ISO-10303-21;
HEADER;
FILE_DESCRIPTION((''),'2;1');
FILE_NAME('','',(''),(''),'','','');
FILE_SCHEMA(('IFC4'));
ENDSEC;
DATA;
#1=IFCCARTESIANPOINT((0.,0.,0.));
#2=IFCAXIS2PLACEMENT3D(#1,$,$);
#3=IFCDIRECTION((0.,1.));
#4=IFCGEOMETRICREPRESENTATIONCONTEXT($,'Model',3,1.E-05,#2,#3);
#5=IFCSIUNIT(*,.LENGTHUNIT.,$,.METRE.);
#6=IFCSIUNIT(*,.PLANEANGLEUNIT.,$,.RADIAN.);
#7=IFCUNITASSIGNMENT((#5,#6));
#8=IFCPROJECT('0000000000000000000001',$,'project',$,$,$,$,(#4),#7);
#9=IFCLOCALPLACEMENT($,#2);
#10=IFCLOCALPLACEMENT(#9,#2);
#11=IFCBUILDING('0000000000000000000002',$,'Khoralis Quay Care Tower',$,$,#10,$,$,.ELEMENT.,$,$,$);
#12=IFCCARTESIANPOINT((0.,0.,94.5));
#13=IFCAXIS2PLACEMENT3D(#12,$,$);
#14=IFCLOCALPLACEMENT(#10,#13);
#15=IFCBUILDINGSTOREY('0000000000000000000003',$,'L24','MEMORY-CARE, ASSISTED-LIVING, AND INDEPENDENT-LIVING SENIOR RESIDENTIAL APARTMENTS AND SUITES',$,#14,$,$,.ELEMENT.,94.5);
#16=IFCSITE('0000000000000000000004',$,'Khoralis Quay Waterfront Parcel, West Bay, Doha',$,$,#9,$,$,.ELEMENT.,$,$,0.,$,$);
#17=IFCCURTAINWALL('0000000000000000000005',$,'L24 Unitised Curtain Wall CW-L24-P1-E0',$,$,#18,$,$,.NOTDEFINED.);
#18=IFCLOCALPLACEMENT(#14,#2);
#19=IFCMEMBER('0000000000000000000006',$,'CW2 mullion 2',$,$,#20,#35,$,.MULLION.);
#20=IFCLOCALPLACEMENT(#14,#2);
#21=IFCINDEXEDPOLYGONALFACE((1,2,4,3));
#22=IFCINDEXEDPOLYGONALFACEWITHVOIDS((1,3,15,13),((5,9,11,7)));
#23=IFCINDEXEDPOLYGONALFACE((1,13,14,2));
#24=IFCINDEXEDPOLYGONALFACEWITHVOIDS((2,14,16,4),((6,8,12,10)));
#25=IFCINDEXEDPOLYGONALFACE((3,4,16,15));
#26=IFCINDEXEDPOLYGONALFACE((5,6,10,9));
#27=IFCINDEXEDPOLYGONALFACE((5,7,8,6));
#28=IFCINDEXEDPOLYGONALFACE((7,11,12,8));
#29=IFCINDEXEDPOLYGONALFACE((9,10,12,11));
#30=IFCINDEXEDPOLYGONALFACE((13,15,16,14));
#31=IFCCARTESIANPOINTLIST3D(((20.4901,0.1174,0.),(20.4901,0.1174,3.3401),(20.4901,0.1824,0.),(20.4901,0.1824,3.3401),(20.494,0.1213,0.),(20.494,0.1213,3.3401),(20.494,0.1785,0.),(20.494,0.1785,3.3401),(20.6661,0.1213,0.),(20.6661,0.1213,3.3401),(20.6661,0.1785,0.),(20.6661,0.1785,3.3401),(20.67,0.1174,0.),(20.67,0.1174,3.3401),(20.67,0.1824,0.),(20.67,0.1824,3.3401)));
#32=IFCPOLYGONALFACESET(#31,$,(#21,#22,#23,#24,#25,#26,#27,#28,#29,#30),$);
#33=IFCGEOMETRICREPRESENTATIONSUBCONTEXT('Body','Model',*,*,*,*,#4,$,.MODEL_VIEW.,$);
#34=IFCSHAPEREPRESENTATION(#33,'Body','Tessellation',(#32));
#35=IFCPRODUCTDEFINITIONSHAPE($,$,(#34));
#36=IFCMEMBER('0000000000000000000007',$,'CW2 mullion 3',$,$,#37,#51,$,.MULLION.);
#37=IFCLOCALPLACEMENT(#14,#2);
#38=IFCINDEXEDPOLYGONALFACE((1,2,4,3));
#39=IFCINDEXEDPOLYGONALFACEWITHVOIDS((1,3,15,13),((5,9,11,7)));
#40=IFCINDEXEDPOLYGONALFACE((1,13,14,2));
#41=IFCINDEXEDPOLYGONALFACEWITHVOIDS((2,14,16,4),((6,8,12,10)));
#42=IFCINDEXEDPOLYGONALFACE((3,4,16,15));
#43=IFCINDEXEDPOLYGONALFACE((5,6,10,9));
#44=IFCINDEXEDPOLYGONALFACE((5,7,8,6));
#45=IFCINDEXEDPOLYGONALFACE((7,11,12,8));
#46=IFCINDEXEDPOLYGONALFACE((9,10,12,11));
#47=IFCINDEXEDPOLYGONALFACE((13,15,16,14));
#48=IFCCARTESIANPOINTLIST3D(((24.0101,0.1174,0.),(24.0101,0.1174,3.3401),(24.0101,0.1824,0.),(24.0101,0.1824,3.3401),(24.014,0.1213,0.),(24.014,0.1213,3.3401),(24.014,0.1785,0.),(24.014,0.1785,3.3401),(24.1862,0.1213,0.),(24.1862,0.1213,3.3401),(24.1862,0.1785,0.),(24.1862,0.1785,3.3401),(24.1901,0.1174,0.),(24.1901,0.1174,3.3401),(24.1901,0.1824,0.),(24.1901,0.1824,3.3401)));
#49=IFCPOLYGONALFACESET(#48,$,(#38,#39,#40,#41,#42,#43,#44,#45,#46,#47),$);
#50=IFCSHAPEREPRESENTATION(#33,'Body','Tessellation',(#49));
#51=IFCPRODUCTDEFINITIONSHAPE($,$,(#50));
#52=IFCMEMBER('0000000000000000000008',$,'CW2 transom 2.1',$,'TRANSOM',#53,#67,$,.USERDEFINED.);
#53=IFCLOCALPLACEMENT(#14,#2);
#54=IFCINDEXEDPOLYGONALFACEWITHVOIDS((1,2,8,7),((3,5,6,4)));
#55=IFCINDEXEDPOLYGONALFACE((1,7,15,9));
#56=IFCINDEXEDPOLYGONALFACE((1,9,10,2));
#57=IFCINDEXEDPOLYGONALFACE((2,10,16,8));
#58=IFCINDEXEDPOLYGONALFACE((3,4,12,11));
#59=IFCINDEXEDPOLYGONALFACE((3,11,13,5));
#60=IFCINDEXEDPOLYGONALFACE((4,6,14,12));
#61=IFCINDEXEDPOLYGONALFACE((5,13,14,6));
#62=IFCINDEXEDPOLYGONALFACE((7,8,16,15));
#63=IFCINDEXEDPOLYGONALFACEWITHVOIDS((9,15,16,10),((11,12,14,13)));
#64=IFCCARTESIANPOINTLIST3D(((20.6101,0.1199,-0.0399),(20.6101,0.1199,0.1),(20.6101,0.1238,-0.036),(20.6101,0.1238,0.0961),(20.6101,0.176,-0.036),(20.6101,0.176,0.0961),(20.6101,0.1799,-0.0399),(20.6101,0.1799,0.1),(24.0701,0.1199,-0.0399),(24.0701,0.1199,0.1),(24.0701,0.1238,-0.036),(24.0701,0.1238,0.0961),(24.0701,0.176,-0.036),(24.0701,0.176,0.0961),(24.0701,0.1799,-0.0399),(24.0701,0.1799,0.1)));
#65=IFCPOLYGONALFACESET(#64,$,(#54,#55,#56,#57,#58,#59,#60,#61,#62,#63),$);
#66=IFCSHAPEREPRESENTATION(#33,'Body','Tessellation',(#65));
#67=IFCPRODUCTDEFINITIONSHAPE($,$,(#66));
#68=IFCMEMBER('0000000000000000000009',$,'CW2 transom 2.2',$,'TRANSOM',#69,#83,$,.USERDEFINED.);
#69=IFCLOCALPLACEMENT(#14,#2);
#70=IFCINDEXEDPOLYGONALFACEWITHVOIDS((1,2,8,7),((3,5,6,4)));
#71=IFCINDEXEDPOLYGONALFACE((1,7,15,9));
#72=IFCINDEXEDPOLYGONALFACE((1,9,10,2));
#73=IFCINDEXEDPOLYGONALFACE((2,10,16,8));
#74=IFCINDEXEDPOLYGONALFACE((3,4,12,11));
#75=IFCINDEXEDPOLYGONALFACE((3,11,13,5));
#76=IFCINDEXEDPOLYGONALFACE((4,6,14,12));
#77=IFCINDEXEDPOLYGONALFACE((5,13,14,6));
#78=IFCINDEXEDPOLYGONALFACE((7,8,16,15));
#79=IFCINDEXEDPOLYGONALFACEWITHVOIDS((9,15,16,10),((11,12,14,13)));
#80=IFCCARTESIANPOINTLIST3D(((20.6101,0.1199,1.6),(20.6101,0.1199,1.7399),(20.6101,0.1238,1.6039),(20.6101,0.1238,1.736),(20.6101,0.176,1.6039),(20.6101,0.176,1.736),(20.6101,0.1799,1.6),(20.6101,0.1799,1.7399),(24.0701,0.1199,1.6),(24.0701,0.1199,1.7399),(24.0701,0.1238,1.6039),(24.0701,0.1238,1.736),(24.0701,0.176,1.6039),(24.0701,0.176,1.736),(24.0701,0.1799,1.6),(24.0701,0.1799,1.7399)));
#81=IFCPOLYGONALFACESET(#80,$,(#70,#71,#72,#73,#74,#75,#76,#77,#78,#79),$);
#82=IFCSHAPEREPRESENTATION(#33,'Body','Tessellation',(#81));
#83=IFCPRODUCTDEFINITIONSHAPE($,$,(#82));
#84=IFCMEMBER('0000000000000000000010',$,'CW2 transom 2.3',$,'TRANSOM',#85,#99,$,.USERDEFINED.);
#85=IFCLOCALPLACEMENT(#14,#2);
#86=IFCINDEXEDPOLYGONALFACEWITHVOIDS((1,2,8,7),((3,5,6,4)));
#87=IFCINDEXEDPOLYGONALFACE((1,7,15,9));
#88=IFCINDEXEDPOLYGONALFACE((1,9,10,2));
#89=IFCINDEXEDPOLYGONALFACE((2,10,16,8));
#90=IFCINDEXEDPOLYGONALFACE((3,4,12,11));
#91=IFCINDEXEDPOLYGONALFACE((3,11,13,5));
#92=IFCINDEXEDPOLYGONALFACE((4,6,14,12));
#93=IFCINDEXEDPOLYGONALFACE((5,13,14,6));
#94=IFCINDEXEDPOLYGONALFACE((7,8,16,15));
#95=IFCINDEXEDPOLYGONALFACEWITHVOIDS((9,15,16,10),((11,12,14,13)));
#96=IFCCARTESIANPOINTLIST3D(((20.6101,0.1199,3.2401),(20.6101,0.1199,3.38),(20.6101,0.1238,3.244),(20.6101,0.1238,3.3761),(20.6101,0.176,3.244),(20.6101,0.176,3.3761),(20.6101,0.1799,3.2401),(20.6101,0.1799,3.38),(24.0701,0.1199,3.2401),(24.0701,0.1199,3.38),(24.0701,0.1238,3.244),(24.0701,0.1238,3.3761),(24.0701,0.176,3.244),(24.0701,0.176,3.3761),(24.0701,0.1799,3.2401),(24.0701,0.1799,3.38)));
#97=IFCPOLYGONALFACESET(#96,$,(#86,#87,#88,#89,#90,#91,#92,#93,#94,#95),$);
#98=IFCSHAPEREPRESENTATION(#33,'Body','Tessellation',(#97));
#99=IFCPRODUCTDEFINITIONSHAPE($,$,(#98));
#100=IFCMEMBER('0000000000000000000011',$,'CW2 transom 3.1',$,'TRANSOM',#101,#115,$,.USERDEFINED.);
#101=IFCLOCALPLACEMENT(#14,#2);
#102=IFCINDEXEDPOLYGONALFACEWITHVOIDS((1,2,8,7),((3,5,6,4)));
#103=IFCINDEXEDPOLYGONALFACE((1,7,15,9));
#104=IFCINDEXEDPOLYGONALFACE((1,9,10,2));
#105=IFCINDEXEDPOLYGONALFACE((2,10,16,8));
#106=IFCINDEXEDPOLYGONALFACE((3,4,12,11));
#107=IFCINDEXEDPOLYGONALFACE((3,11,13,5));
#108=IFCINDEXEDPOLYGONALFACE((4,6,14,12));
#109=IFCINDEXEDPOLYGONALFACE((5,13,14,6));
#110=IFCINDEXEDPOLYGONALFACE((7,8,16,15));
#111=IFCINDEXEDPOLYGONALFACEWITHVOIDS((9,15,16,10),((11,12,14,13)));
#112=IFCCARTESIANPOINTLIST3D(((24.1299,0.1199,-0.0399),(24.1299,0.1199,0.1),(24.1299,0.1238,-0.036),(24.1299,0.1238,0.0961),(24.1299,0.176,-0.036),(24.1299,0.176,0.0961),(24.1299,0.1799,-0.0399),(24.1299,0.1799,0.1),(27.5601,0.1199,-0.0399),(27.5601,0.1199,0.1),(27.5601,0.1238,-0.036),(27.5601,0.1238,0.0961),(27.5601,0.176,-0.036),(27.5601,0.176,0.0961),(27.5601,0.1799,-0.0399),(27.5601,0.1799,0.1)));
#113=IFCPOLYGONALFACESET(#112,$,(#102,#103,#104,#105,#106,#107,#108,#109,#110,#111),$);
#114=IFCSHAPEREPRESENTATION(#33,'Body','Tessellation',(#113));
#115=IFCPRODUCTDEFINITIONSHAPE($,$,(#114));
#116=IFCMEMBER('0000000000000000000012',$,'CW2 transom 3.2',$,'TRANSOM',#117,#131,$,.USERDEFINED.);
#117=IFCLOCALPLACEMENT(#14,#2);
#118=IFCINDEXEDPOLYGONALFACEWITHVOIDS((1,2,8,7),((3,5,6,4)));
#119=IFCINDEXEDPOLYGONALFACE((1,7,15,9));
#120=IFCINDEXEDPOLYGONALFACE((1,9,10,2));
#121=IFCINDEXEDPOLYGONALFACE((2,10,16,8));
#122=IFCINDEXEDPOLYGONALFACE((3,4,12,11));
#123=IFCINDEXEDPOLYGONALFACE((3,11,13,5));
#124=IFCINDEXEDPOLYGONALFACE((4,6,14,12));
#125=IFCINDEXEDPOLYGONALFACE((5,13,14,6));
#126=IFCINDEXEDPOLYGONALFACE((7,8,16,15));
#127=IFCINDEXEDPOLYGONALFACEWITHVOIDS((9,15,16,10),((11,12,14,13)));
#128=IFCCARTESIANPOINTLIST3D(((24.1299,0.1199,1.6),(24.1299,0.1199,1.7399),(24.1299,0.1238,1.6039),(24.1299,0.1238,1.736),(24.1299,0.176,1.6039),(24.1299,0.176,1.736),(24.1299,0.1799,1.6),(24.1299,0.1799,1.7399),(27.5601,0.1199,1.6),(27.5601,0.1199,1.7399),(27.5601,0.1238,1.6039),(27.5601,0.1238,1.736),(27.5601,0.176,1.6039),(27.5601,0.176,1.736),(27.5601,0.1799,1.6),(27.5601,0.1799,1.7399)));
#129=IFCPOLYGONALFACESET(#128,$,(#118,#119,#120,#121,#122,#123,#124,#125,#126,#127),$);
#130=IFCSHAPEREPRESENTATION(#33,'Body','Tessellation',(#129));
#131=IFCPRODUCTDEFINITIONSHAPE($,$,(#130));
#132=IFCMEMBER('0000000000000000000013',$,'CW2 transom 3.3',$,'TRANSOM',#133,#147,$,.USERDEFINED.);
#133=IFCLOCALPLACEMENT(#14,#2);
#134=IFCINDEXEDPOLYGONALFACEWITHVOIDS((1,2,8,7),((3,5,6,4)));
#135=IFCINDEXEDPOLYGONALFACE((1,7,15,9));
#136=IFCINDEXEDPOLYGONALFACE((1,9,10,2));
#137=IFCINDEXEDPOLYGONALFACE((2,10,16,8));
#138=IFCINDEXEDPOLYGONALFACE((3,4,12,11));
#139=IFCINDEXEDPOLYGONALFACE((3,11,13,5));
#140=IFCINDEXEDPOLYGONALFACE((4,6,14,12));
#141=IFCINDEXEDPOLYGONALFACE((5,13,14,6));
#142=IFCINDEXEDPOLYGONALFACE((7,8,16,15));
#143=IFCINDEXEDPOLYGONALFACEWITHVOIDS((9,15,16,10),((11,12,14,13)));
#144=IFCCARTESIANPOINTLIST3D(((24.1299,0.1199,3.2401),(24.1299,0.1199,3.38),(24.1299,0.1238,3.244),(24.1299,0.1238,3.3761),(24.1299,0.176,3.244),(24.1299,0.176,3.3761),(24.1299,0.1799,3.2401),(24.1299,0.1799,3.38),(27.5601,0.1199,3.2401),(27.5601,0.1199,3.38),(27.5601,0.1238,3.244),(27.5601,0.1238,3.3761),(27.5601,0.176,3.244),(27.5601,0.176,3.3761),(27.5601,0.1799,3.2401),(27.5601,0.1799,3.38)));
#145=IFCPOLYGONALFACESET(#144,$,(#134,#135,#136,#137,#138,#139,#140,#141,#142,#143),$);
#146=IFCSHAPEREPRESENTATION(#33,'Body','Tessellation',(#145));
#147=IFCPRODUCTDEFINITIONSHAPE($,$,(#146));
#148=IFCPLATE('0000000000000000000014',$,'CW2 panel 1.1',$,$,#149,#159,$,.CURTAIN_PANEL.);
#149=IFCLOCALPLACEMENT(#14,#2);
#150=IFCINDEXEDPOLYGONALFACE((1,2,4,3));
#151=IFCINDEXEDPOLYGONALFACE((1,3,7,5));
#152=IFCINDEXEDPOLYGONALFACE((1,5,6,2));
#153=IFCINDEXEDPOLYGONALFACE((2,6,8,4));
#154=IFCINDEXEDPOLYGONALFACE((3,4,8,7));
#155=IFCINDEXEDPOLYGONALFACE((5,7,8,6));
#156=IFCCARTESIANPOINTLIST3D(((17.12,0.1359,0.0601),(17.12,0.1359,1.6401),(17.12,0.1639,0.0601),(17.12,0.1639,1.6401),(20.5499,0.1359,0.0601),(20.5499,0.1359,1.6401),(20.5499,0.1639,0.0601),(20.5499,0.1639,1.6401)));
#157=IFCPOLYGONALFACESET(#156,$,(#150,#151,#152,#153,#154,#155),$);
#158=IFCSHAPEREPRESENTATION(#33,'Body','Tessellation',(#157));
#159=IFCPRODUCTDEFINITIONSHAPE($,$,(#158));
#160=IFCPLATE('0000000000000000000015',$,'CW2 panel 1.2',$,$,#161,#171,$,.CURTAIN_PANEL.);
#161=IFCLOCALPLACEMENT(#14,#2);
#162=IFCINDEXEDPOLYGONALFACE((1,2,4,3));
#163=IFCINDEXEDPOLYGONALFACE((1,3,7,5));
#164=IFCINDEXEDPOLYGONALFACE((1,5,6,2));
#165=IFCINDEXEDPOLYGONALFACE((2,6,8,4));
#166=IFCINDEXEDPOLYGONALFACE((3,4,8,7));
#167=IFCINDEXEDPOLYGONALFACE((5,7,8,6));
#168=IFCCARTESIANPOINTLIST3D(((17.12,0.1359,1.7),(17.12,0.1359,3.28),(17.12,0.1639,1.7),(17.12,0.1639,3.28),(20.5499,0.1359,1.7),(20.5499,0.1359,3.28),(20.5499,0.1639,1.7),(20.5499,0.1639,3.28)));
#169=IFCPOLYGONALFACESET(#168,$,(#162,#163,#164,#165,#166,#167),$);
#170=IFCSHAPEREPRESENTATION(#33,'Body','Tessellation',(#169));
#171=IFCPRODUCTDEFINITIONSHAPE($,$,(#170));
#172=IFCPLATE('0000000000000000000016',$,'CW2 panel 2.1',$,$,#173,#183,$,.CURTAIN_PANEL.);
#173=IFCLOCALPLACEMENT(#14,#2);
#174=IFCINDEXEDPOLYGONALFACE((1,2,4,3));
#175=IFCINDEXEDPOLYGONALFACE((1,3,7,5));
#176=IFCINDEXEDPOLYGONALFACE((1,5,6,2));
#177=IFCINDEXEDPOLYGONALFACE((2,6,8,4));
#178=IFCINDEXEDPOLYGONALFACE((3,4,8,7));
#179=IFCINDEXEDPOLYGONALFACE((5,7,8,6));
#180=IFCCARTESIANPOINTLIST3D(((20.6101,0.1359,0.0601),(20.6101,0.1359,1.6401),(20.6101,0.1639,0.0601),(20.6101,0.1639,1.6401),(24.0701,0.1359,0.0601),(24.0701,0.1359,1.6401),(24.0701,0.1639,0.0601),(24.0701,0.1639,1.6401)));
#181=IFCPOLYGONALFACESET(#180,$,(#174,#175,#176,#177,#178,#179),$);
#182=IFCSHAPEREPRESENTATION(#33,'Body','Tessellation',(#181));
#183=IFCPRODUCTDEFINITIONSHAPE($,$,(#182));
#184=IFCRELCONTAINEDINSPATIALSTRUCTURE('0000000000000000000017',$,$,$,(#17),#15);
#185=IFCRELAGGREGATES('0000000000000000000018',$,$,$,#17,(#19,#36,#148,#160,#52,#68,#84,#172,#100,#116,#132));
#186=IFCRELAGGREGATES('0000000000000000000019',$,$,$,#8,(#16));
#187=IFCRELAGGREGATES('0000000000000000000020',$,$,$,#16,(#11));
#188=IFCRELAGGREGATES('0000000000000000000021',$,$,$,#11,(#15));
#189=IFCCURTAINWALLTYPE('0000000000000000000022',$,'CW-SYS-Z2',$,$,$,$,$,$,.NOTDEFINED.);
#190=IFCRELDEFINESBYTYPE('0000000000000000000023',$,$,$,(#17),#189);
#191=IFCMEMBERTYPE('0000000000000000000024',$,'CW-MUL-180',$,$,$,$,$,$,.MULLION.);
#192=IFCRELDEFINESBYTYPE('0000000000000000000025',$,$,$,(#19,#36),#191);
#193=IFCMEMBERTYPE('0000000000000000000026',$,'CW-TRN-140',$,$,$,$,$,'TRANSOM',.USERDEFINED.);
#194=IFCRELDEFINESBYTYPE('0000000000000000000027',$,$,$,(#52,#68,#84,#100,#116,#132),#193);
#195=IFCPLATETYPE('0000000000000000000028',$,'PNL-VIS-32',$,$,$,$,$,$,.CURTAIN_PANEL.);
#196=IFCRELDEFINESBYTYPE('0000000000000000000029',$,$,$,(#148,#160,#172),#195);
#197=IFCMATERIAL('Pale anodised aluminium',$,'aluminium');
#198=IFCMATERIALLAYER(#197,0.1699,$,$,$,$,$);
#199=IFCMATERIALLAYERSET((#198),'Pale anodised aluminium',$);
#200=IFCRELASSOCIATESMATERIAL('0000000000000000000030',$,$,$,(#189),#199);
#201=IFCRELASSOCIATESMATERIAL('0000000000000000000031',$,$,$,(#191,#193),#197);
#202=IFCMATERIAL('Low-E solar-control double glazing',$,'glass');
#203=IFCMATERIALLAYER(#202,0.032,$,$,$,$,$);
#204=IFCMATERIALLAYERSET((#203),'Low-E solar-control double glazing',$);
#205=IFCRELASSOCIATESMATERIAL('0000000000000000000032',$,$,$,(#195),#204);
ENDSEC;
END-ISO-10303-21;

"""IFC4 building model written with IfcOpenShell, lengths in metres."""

from ifc_helpers import new_model, si_unit, direction, frame, origin, origin_2d, place, context, subcontext, project, spatial, rectangle, hollow_rectangle, extrude, source, transform, mapped, material, layer, layer_set, material_profile, profile_set, type_object, element, aggregate, save


model = new_model("IFC4")

# Units and contexts
model_context = context("Model", 3, precision=1e-05, world=origin(), true_north=direction((0.0, 1.0)))
body_context = subcontext(model_context, "Body", "Model", "MODEL_VIEW")
ifc_project = project(units=[si_unit("LENGTHUNIT", "METRE"), si_unit("PLANEANGLEUNIT", "RADIAN")], contexts=[model_context])

# Site, building, storey
site_placement = place(None, origin())
site = spatial("IfcSite", under=ifc_project, at=site_placement, Name="Khoralis Quay Waterfront Parcel, West Bay, Doha", CompositionType="ELEMENT", RefElevation=0.0)
building_placement = place(site_placement, origin())
building = spatial("IfcBuilding", under=site, at=building_placement, Name="Khoralis Quay Care Tower", CompositionType="ELEMENT")
storey_placement = place(building_placement, frame((0.0, 0.0, 94.5)))
storey = spatial("IfcBuildingStorey", under=building, at=storey_placement, Name="L24", Description="MEMORY-CARE, ASSISTED-LIVING, AND INDEPENDENT-LIVING SENIOR RESIDENTIAL APARTMENTS AND SUITES", CompositionType="ELEMENT", Elevation=94.5)

# Curtain wall, members, plates
ifc_material_1 = material(Name="Pale anodised aluminium", Category="aluminium")
ifc_layer_1 = layer(ifc_material_1, 0.1699)
ifc_layer_set_1 = layer_set([ifc_layer_1], Name="Pale anodised aluminium")
curtain_wall_type = type_object("IfcCurtainWallType", Name="CW-SYS-Z2", PredefinedType="NOTDEFINED", material=ifc_layer_set_1)
curtain_wall_placement = place(storey_placement, origin())
curtain_wall = element("IfcCurtainWall", 1, at=curtain_wall_placement, inside=storey, type_object=curtain_wall_type, Name="L24 Unitised Curtain Wall CW-L24-P1-E0", PredefinedType="NOTDEFINED")
ifc_material_profile_1 = material_profile(ifc_material_1, hollow_rectangle(XDim=0.0649, YDim=0.1799, WallThickness=0.0039, at=origin_2d()), Name="Pale anodised aluminium")
ifc_profile_set_1 = profile_set([ifc_material_profile_1], Name="Pale anodised aluminium")
member_type_1 = type_object("IfcMemberType", Name="CW-MUL-180", PredefinedType="MULLION", material=ifc_profile_set_1)
shared_shape_1 = source(origin(), body_context, "Body", "SweptSolid", [
    extrude(hollow_rectangle(XDim=0.0649, YDim=0.1799, WallThickness=0.0039, at=origin_2d()), origin(), (0.0, 0.0, 1.0), 3.3401),
])
member_1_placement = place(storey_placement, frame((20.5801, 0.1499, 0.0), z_axis=(0.0, 0.0, 1.0), x_axis=(0.0, 1.0, 0.0)))
member_1 = element("IfcMember", 2, at=member_1_placement, type_object=member_type_1, Name="CW2 mullion 2", PredefinedType="MULLION", context=body_context, shape_type="MappedRepresentation", body=[
    mapped(shared_shape_1, transform((0.0, 0.0, 0.0), scale=1.0)),
])
member_2_placement = place(storey_placement, frame((24.1001, 0.1499, 0.0), z_axis=(0.0, 0.0, 1.0), x_axis=(0.0, 1.0, 0.0)))
member_2 = element("IfcMember", 3, at=member_2_placement, type_object=member_type_1, Name="CW2 mullion 3", PredefinedType="MULLION", context=body_context, shape_type="MappedRepresentation", body=[
    mapped(shared_shape_1, transform((0.0, 0.0, 0.0), scale=1.0)),
])
ifc_material_profile_2 = material_profile(ifc_material_1, hollow_rectangle(XDim=0.0601, YDim=0.1399, WallThickness=0.0039, at=origin_2d()), Name="Pale anodised aluminium")
ifc_profile_set_2 = profile_set([ifc_material_profile_2], Name="Pale anodised aluminium")
member_type_2 = type_object("IfcMemberType", Name="CW-TRN-140", ElementType="TRANSOM", PredefinedType="USERDEFINED", material=ifc_profile_set_2)
shared_shape_2 = source(origin(), body_context, "Body", "SweptSolid", [
    extrude(hollow_rectangle(XDim=0.0601, YDim=0.1399, WallThickness=0.0039, at=origin_2d()), origin(), (0.0, 0.0, 1.0), 3.46),
])
member_3_placement = place(storey_placement, frame((20.6101, 0.1499, 0.03), z_axis=(1.0, 0.0, 0.0), x_axis=(0.0, 1.0, 0.0)))
member_3 = element("IfcMember", 4, at=member_3_placement, type_object=member_type_2, Name="CW2 transom 2.1", ObjectType="TRANSOM", PredefinedType="USERDEFINED", context=body_context, shape_type="MappedRepresentation", body=[
    mapped(shared_shape_2, transform((0.0, 0.0, 0.0), scale=1.0)),
])
member_4_placement = place(storey_placement, frame((20.6101, 0.1499, 1.6699), z_axis=(1.0, 0.0, 0.0), x_axis=(0.0, 1.0, 0.0)))
member_4 = element("IfcMember", 5, at=member_4_placement, type_object=member_type_2, Name="CW2 transom 2.2", ObjectType="TRANSOM", PredefinedType="USERDEFINED", context=body_context, shape_type="MappedRepresentation", body=[
    mapped(shared_shape_2, transform((0.0, 0.0, 0.0), scale=1.0)),
])
member_5_placement = place(storey_placement, frame((20.6101, 0.1499, 3.3101), z_axis=(1.0, 0.0, 0.0), x_axis=(0.0, 1.0, 0.0)))
member_5 = element("IfcMember", 6, at=member_5_placement, type_object=member_type_2, Name="CW2 transom 2.3", ObjectType="TRANSOM", PredefinedType="USERDEFINED", context=body_context, shape_type="MappedRepresentation", body=[
    mapped(shared_shape_2, transform((0.0, 0.0, 0.0), scale=1.0)),
])
shared_shape_3 = source(origin(), body_context, "Body", "SweptSolid", [
    extrude(hollow_rectangle(XDim=0.0601, YDim=0.1399, WallThickness=0.0039, at=origin_2d()), origin(), (0.0, 0.0, 1.0), 3.4302),
])
member_6_placement = place(storey_placement, frame((24.1299, 0.1499, 0.03), z_axis=(1.0, 0.0, 0.0), x_axis=(0.0, 1.0, 0.0)))
member_6 = element("IfcMember", 7, at=member_6_placement, type_object=member_type_2, Name="CW2 transom 3.1", ObjectType="TRANSOM", PredefinedType="USERDEFINED", context=body_context, shape_type="MappedRepresentation", body=[
    mapped(shared_shape_3, transform((0.0, 0.0, 0.0), scale=1.0)),
])
member_7_placement = place(storey_placement, frame((24.1299, 0.1499, 1.6699), z_axis=(1.0, 0.0, 0.0), x_axis=(0.0, 1.0, 0.0)))
member_7 = element("IfcMember", 8, at=member_7_placement, type_object=member_type_2, Name="CW2 transom 3.2", ObjectType="TRANSOM", PredefinedType="USERDEFINED", context=body_context, shape_type="MappedRepresentation", body=[
    mapped(shared_shape_3, transform((0.0, 0.0, 0.0), scale=1.0)),
])
member_8_placement = place(storey_placement, frame((24.1299, 0.1499, 3.3101), z_axis=(1.0, 0.0, 0.0), x_axis=(0.0, 1.0, 0.0)))
member_8 = element("IfcMember", 9, at=member_8_placement, type_object=member_type_2, Name="CW2 transom 3.3", ObjectType="TRANSOM", PredefinedType="USERDEFINED", context=body_context, shape_type="MappedRepresentation", body=[
    mapped(shared_shape_3, transform((0.0, 0.0, 0.0), scale=1.0)),
])
ifc_material_2 = material(Name="Low-E solar-control double glazing", Category="glass")
ifc_layer_2 = layer(ifc_material_2, 0.032)
ifc_layer_set_2 = layer_set([ifc_layer_2], Name="Low-E solar-control double glazing")
plate_type = type_object("IfcPlateType", Name="PNL-VIS-32", PredefinedType="CURTAIN_PANEL", material=ifc_layer_set_2)
shared_shape_4 = source(origin(), body_context, "Body", "SweptSolid", [
    extrude(rectangle(XDim=3.4299, YDim=0.0281, at=origin_2d()), origin(), (0.0, 0.0, 1.0), 1.5801),
])
plate_1_placement = place(storey_placement, frame((18.835, 0.1499, 0.0601), z_axis=(0.0, 0.0, 1.0), x_axis=(1.0, 0.0, 0.0)))
plate_1 = element("IfcPlate", 10, at=plate_1_placement, type_object=plate_type, Name="CW2 panel 1.1", PredefinedType="CURTAIN_PANEL", context=body_context, shape_type="MappedRepresentation", body=[
    mapped(shared_shape_4, transform((0.0, 0.0, 0.0), scale=1.0)),
])
plate_2_placement = place(storey_placement, frame((18.835, 0.1499, 1.7), z_axis=(0.0, 0.0, 1.0), x_axis=(1.0, 0.0, 0.0)))
plate_2 = element("IfcPlate", 11, at=plate_2_placement, type_object=plate_type, Name="CW2 panel 1.2", PredefinedType="CURTAIN_PANEL", context=body_context, shape_type="MappedRepresentation", body=[
    mapped(shared_shape_4, transform((0.0, 0.0, 0.0), scale=1.0)),
])
shared_shape_5 = source(origin(), body_context, "Body", "SweptSolid", [
    extrude(rectangle(XDim=3.46, YDim=0.0281, at=origin_2d()), origin(), (0.0, 0.0, 1.0), 1.5801),
])
plate_3_placement = place(storey_placement, frame((22.3401, 0.1499, 0.0601), z_axis=(0.0, 0.0, 1.0), x_axis=(1.0, 0.0, 0.0)))
plate_3 = element("IfcPlate", 12, at=plate_3_placement, type_object=plate_type, Name="CW2 panel 2.1", PredefinedType="CURTAIN_PANEL", context=body_context, shape_type="MappedRepresentation", body=[
    mapped(shared_shape_5, transform((0.0, 0.0, 0.0), scale=1.0)),
])
aggregate(curtain_wall, [member_1, member_2, plate_1, plate_2, member_3, member_4, member_5, plate_3, member_6, member_7, member_8])

save(model, "model.ifc")
